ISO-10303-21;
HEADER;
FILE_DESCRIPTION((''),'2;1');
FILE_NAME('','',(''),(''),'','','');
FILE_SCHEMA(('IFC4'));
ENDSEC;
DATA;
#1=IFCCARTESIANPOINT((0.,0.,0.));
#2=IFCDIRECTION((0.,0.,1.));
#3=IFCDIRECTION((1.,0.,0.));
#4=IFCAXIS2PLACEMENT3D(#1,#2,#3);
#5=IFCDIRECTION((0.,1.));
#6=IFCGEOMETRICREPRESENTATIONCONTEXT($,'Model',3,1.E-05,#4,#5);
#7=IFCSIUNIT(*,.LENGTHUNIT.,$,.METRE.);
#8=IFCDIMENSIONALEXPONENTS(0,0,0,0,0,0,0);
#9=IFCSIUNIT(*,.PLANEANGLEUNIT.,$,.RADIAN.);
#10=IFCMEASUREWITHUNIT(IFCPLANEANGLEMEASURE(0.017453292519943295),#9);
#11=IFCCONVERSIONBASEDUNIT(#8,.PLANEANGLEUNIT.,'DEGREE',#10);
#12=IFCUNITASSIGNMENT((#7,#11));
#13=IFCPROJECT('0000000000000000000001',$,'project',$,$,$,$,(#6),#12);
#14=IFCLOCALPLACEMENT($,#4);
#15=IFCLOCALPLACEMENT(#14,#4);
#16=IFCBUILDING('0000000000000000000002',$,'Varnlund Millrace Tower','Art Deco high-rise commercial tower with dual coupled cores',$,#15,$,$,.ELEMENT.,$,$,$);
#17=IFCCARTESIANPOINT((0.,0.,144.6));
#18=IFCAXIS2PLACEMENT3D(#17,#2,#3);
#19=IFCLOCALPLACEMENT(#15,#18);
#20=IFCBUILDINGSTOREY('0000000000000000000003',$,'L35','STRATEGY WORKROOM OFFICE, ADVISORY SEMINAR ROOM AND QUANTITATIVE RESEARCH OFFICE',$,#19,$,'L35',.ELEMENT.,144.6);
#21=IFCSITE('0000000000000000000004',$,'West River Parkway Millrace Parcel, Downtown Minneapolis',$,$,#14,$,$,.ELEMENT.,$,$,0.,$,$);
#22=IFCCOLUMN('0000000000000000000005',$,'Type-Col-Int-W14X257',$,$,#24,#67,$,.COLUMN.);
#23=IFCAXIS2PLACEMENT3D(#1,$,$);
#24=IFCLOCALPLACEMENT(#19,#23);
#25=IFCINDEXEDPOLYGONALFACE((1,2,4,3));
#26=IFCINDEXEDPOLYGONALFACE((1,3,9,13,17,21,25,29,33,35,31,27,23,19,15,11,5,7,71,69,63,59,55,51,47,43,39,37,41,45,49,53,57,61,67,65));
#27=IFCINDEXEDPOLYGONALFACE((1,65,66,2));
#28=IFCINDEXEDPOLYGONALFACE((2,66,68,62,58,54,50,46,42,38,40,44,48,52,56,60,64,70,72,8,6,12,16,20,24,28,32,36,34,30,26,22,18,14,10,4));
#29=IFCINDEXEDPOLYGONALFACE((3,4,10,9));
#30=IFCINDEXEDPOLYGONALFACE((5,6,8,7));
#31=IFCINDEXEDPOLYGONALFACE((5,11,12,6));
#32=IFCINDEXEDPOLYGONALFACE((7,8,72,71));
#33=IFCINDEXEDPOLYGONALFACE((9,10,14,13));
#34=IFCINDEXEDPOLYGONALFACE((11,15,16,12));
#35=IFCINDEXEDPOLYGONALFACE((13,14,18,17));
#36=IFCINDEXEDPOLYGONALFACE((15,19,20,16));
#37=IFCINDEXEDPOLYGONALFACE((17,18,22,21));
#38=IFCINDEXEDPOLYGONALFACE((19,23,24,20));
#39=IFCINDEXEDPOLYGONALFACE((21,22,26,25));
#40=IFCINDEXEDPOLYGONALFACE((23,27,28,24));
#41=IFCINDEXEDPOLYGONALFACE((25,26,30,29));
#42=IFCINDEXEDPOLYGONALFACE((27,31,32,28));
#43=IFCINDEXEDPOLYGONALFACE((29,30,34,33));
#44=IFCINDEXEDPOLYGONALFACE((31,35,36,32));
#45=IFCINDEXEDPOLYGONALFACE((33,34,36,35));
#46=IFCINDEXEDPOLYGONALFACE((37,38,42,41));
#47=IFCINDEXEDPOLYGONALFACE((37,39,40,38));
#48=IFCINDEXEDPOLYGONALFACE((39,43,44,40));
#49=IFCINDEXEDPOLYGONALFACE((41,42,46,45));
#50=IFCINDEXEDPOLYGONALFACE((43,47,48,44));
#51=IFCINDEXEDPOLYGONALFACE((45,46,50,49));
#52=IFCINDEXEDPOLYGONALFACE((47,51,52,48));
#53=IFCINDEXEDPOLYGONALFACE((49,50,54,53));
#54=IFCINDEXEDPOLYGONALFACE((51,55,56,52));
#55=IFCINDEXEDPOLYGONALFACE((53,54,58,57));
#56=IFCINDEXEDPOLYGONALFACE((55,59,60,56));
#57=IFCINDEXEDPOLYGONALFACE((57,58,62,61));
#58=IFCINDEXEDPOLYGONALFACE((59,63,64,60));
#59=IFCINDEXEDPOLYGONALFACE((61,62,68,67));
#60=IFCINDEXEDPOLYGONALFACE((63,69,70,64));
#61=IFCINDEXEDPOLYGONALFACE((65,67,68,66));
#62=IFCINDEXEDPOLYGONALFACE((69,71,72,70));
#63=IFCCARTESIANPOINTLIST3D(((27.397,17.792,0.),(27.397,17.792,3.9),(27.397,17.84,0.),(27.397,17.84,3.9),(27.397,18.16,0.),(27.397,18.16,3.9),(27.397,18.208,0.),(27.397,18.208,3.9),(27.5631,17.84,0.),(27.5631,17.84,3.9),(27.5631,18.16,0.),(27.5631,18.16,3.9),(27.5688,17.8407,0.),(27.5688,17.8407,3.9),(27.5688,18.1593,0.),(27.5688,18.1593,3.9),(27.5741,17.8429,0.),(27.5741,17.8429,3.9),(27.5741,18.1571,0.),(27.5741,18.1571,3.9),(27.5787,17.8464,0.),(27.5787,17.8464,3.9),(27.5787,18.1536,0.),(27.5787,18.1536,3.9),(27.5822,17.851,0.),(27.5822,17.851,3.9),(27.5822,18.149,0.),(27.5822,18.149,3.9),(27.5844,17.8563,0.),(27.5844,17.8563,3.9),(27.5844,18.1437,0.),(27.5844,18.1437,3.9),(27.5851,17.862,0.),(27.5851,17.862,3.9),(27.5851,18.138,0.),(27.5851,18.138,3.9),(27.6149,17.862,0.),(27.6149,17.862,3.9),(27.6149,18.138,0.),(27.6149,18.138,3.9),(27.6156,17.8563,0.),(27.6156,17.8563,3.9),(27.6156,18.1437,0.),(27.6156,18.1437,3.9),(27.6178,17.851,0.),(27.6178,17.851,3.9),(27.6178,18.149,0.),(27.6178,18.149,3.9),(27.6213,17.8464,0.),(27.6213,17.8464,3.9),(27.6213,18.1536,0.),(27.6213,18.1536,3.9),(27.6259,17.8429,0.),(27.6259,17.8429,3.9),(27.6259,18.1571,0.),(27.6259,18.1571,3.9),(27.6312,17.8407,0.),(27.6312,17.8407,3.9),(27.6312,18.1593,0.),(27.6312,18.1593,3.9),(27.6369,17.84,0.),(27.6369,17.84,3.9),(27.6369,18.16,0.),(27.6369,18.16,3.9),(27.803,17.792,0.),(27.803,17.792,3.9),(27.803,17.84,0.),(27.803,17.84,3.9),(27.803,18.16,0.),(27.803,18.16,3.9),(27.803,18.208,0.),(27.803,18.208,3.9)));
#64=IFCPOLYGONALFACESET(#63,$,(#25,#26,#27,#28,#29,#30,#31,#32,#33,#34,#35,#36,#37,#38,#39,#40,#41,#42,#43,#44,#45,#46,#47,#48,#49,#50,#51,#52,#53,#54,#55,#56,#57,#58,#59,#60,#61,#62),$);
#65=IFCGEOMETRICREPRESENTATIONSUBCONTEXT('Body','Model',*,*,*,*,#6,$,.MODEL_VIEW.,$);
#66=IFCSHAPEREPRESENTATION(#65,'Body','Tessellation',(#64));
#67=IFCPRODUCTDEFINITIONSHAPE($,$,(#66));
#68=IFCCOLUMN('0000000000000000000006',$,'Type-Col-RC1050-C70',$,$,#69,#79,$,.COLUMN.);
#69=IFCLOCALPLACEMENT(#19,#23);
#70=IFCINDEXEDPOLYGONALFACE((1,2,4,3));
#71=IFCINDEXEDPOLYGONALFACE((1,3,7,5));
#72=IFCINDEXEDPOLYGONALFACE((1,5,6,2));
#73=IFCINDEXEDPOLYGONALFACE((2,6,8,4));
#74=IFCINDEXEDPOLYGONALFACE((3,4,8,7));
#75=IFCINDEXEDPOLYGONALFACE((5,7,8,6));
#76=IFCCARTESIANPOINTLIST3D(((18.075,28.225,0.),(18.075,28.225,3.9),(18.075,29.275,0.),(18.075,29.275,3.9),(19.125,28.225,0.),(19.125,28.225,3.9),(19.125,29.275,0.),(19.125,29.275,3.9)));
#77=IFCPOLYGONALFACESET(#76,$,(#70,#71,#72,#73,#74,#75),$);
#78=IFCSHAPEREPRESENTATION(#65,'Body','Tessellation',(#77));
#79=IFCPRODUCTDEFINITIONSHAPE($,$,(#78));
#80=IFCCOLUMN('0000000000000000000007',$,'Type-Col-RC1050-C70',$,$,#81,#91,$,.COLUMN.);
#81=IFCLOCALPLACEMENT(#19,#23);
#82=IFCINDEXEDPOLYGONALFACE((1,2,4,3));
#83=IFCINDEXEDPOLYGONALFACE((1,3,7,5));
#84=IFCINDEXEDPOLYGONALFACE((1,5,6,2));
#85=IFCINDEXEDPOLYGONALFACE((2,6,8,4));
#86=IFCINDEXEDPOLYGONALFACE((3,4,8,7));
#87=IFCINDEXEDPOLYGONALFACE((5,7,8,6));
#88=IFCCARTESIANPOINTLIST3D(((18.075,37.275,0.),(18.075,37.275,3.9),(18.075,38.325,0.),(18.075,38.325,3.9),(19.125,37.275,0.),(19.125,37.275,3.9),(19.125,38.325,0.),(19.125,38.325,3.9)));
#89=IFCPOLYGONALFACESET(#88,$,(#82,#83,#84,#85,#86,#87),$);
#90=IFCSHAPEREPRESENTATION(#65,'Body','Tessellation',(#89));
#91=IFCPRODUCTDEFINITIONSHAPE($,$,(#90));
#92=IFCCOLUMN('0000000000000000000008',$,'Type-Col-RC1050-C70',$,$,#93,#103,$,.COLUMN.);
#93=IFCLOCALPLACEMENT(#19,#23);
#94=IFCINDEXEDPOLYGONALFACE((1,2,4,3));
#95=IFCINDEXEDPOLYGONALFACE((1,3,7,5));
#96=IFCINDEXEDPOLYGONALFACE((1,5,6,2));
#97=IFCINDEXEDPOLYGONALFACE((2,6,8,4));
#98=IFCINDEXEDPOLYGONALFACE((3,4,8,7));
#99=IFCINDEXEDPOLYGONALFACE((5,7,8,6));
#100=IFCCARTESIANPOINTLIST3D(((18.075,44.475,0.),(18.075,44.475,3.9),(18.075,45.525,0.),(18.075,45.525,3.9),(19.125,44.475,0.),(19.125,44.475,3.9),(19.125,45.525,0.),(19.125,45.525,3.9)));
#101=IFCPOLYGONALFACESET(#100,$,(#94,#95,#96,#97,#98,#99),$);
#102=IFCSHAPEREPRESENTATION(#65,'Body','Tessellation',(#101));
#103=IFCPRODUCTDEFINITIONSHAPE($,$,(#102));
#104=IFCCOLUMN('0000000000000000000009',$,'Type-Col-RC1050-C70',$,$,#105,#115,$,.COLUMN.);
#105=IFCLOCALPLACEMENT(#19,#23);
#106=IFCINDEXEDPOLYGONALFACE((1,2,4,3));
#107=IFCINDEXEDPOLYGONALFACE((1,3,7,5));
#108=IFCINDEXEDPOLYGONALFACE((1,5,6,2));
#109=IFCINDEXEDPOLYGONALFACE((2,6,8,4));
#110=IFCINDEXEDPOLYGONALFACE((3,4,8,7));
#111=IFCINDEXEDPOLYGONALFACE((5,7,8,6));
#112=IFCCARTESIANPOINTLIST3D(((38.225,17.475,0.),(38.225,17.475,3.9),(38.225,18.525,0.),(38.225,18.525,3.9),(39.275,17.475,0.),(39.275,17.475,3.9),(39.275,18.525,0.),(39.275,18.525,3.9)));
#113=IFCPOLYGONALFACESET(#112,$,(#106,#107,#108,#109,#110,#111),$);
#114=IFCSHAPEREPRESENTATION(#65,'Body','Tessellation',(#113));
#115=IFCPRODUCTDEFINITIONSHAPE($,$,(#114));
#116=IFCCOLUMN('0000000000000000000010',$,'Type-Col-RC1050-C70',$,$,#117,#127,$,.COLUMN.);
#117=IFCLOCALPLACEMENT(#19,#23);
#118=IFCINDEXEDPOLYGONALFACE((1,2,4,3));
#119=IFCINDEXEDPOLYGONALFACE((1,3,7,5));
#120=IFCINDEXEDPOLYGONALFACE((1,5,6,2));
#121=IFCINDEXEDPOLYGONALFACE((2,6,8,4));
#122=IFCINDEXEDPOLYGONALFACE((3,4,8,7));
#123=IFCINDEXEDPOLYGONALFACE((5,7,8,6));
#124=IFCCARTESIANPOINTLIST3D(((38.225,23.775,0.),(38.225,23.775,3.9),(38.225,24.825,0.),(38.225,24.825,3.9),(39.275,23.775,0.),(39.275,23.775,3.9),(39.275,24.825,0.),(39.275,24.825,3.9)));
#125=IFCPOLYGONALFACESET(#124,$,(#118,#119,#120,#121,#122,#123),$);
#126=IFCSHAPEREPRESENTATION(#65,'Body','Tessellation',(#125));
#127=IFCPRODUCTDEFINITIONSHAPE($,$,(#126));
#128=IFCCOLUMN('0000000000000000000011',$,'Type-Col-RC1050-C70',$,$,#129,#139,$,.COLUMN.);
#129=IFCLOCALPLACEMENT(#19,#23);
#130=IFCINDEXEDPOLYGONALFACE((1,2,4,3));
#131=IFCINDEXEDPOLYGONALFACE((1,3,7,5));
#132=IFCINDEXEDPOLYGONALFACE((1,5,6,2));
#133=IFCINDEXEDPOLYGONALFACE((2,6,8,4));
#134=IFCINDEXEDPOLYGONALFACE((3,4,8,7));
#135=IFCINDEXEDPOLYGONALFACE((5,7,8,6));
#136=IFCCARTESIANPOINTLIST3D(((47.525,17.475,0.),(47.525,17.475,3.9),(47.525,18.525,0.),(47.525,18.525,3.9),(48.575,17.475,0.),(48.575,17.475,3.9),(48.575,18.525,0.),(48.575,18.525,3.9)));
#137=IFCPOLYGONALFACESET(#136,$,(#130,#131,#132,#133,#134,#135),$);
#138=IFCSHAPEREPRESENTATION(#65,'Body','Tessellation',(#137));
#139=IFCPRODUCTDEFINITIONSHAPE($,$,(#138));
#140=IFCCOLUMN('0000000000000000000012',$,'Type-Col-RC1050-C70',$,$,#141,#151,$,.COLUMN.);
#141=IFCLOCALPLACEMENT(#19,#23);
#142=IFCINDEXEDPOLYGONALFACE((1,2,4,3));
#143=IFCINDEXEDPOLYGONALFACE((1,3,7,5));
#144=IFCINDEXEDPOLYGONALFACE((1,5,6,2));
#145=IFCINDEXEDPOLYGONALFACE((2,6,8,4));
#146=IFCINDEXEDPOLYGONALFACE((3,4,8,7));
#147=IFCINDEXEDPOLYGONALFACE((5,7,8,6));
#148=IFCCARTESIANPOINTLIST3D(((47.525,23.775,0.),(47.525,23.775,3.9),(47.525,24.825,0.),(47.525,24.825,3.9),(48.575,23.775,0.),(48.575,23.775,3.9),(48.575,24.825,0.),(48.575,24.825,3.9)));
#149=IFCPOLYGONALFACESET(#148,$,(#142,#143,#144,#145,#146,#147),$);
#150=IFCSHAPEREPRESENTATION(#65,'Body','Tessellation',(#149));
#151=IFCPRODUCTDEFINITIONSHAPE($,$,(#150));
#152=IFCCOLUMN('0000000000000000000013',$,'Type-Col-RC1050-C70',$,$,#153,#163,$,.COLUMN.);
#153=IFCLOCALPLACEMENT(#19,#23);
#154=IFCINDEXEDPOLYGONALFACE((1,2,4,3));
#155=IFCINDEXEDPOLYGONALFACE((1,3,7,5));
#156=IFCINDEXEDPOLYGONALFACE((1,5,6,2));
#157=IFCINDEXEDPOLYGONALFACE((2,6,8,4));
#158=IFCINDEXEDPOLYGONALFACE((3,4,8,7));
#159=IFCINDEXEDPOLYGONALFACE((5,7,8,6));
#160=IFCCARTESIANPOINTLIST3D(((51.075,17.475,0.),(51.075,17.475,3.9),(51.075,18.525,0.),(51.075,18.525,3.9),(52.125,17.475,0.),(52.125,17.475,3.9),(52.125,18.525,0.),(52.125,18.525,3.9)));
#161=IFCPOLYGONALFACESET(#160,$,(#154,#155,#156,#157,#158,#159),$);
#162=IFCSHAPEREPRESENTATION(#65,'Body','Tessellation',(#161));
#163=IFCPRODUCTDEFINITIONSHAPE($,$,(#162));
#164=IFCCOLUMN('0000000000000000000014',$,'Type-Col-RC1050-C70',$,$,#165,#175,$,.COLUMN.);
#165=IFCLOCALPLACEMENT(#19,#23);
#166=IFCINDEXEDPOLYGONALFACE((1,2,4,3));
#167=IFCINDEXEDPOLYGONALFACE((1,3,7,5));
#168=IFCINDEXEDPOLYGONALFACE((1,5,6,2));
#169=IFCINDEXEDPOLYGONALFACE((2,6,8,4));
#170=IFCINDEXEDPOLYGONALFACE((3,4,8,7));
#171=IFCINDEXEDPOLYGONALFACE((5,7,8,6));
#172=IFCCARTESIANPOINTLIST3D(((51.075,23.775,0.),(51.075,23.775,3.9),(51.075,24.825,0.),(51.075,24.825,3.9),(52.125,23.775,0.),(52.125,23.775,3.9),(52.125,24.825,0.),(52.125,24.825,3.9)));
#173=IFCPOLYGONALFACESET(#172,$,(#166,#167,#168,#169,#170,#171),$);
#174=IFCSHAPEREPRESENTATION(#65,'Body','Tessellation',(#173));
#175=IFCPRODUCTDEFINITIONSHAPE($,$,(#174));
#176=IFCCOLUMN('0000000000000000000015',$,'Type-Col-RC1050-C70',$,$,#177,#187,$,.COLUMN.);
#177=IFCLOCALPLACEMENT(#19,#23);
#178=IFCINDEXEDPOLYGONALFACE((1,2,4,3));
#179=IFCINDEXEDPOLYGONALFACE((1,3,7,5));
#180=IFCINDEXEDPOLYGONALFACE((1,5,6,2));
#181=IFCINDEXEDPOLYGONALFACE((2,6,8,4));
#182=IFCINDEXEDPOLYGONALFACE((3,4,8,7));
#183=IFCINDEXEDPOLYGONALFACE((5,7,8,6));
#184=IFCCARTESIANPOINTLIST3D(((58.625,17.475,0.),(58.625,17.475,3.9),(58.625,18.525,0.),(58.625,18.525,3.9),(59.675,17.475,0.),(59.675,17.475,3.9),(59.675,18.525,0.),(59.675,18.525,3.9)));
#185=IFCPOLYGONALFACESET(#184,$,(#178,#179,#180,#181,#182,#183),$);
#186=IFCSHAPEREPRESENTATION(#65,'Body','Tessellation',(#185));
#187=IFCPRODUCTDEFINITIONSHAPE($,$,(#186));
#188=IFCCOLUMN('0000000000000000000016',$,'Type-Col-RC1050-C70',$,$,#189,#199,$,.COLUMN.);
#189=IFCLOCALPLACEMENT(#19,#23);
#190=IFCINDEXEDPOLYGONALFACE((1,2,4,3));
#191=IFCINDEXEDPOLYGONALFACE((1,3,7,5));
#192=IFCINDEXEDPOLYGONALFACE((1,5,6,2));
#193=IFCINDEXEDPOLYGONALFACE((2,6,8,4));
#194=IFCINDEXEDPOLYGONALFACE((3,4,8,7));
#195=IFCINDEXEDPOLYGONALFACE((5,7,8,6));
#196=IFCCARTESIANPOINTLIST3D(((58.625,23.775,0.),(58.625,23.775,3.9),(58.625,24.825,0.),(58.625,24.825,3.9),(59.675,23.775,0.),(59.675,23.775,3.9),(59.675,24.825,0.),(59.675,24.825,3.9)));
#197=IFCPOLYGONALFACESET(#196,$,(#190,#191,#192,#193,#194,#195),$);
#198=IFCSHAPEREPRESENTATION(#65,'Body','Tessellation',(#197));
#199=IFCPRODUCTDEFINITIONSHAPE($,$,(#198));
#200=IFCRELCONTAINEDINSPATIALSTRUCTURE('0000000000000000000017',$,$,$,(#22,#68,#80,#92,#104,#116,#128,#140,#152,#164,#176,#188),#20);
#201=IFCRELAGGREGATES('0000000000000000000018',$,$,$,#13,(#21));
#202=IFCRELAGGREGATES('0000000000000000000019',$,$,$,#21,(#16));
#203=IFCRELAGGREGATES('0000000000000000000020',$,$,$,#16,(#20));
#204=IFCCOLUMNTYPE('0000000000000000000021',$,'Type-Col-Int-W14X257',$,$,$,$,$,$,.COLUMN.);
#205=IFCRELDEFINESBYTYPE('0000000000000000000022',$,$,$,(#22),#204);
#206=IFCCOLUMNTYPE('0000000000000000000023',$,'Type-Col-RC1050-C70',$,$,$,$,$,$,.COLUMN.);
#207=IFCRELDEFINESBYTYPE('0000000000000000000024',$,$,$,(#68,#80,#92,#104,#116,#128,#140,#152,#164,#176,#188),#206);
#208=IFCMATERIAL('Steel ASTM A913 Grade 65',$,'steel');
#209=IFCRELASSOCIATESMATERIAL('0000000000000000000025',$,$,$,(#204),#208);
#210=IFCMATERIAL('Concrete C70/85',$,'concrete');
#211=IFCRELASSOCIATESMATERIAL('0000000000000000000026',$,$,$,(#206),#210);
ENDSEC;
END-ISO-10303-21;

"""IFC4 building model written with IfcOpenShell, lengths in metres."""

from ifc_helpers import new_model, entity, si_unit, converted_unit, direction, frame, origin_with_axes, origin_2d_with_axis, place, context, subcontext, project, spatial, rectangle, i_section, extrude, material, material_profile, profile_set, type_object, element, save


model = new_model("IFC4")

# Units and contexts
model_context = context("Model", 3, precision=1e-05, world=origin_with_axes(), true_north=direction((0.0, 1.0)))
body_context = subcontext(model_context, "Body", "Model", "MODEL_VIEW")
ifc_project = project(units=[si_unit("LENGTHUNIT", "METRE"), converted_unit("PLANEANGLEUNIT", "DEGREE", entity("IfcPlaneAngleMeasure", 0.017453292519943295), si_unit("PLANEANGLEUNIT", "RADIAN"), dimensions=[0, 0, 0, 0, 0, 0, 0])], contexts=[model_context])

# Site, building, storey
site_placement = place(None, origin_with_axes())
site = spatial("IfcSite", under=ifc_project, at=site_placement, Name="West River Parkway Millrace Parcel, Downtown Minneapolis", CompositionType="ELEMENT", RefElevation=0.0)
building_placement = place(site_placement, origin_with_axes())
building = spatial("IfcBuilding", under=site, at=building_placement, Name="Varnlund Millrace Tower", Description="Art Deco high-rise commercial tower with dual coupled cores", CompositionType="ELEMENT")
storey_placement = place(building_placement, frame((0.0, 0.0, 144.6), z_axis=(0.0, 0.0, 1.0), x_axis=(1.0, 0.0, 0.0)))
storey = spatial("IfcBuildingStorey", under=building, at=storey_placement, Name="L35", Description="STRATEGY WORKROOM OFFICE, ADVISORY SEMINAR ROOM AND QUANTITATIVE RESEARCH OFFICE", LongName="L35", CompositionType="ELEMENT", Elevation=144.6)

# Columns
ifc_material_1 = material(Name="Steel ASTM A913 Grade 65", Category="steel")
ifc_material_profile_1 = material_profile(ifc_material_1, i_section(OverallWidth=0.406, OverallDepth=0.416, WebThickness=0.0298, FlangeThickness=0.048, FilletRadius=0.022, at=origin_2d_with_axis()), Name="Steel ASTM A913 Grade 65")
ifc_profile_set_1 = profile_set([ifc_material_profile_1], Name="Steel ASTM A913 Grade 65")
column_type_1 = type_object("IfcColumnType", Name="Type-Col-Int-W14X257", PredefinedType="COLUMN", material=ifc_profile_set_1)
column_placement = place(storey_placement, frame((27.6, 18.0, 0.0), z_axis=(0.0, 0.0, 1.0), x_axis=(1.0, 0.0, 0.0)))
element("IfcColumn", 1, at=column_placement, inside=storey, type_object=column_type_1, Name="Type-Col-Int-W14X257", PredefinedType="COLUMN", context=body_context, shape_type="SweptSolid", body=[
    extrude(i_section(OverallWidth=0.406, OverallDepth=0.416, WebThickness=0.0298, FlangeThickness=0.048, FilletRadius=0.022, at=origin_2d_with_axis()), origin_with_axes(), (0.0, 0.0, 1.0), 3.9),
])
ifc_material_2 = material(Name="Concrete C70/85", Category="concrete")
ifc_material_profile_2 = material_profile(ifc_material_2, rectangle(XDim=1.05, YDim=1.05, at=origin_2d_with_axis()), Name="Concrete C70/85")
ifc_profile_set_2 = profile_set([ifc_material_profile_2], Name="Concrete C70/85")
column_type_2 = type_object("IfcColumnType", Name="Type-Col-RC1050-C70", PredefinedType="COLUMN", material=ifc_profile_set_2)
for number, where, z_axis, x_axis, name in (
    (2, (18.6, 28.75, 0.0), (0.0, 0.0, 1.0), (1.0, 0.0, 0.0), "Type-Col-RC1050-C70"),
    (3, (18.6, 37.8, 0.0), (0.0, 0.0, 1.0), (1.0, 0.0, 0.0), "Type-Col-RC1050-C70"),
    (4, (18.6, 45.0, 0.0), (0.0, 0.0, 1.0), (1.0, 0.0, 0.0), "Type-Col-RC1050-C70"),
    (5, (38.75, 18.0, 0.0), (0.0, 0.0, 1.0), (1.0, 0.0, 0.0), "Type-Col-RC1050-C70"),
    (6, (38.75, 24.3, 0.0), (0.0, 0.0, 1.0), (1.0, 0.0, 0.0), "Type-Col-RC1050-C70"),
    (7, (48.05, 18.0, 0.0), (0.0, 0.0, 1.0), (1.0, 0.0, 0.0), "Type-Col-RC1050-C70"),
    (8, (48.05, 24.3, 0.0), (0.0, 0.0, 1.0), (1.0, 0.0, 0.0), "Type-Col-RC1050-C70"),
    (9, (51.6, 18.0, 0.0), (0.0, 0.0, 1.0), (1.0, 0.0, 0.0), "Type-Col-RC1050-C70"),
    (10, (51.6, 24.3, 0.0), (0.0, 0.0, 1.0), (1.0, 0.0, 0.0), "Type-Col-RC1050-C70"),
    (11, (59.15, 18.0, 0.0), (0.0, 0.0, 1.0), (1.0, 0.0, 0.0), "Type-Col-RC1050-C70"),
    (12, (59.15, 24.3, 0.0), (0.0, 0.0, 1.0), (1.0, 0.0, 0.0), "Type-Col-RC1050-C70"),
):
    element("IfcColumn", number, at=place(storey_placement, frame(where, z_axis=z_axis, x_axis=x_axis)), inside=storey, type_object=column_type_2, Name=name, PredefinedType="COLUMN", context=body_context, shape_type="SweptSolid", body=[
        extrude(rectangle(XDim=1.05, YDim=1.05, at=origin_2d_with_axis()), origin_with_axes(), (0.0, 0.0, 1.0), 3.9),
    ])

save(model, "model.ifc")
